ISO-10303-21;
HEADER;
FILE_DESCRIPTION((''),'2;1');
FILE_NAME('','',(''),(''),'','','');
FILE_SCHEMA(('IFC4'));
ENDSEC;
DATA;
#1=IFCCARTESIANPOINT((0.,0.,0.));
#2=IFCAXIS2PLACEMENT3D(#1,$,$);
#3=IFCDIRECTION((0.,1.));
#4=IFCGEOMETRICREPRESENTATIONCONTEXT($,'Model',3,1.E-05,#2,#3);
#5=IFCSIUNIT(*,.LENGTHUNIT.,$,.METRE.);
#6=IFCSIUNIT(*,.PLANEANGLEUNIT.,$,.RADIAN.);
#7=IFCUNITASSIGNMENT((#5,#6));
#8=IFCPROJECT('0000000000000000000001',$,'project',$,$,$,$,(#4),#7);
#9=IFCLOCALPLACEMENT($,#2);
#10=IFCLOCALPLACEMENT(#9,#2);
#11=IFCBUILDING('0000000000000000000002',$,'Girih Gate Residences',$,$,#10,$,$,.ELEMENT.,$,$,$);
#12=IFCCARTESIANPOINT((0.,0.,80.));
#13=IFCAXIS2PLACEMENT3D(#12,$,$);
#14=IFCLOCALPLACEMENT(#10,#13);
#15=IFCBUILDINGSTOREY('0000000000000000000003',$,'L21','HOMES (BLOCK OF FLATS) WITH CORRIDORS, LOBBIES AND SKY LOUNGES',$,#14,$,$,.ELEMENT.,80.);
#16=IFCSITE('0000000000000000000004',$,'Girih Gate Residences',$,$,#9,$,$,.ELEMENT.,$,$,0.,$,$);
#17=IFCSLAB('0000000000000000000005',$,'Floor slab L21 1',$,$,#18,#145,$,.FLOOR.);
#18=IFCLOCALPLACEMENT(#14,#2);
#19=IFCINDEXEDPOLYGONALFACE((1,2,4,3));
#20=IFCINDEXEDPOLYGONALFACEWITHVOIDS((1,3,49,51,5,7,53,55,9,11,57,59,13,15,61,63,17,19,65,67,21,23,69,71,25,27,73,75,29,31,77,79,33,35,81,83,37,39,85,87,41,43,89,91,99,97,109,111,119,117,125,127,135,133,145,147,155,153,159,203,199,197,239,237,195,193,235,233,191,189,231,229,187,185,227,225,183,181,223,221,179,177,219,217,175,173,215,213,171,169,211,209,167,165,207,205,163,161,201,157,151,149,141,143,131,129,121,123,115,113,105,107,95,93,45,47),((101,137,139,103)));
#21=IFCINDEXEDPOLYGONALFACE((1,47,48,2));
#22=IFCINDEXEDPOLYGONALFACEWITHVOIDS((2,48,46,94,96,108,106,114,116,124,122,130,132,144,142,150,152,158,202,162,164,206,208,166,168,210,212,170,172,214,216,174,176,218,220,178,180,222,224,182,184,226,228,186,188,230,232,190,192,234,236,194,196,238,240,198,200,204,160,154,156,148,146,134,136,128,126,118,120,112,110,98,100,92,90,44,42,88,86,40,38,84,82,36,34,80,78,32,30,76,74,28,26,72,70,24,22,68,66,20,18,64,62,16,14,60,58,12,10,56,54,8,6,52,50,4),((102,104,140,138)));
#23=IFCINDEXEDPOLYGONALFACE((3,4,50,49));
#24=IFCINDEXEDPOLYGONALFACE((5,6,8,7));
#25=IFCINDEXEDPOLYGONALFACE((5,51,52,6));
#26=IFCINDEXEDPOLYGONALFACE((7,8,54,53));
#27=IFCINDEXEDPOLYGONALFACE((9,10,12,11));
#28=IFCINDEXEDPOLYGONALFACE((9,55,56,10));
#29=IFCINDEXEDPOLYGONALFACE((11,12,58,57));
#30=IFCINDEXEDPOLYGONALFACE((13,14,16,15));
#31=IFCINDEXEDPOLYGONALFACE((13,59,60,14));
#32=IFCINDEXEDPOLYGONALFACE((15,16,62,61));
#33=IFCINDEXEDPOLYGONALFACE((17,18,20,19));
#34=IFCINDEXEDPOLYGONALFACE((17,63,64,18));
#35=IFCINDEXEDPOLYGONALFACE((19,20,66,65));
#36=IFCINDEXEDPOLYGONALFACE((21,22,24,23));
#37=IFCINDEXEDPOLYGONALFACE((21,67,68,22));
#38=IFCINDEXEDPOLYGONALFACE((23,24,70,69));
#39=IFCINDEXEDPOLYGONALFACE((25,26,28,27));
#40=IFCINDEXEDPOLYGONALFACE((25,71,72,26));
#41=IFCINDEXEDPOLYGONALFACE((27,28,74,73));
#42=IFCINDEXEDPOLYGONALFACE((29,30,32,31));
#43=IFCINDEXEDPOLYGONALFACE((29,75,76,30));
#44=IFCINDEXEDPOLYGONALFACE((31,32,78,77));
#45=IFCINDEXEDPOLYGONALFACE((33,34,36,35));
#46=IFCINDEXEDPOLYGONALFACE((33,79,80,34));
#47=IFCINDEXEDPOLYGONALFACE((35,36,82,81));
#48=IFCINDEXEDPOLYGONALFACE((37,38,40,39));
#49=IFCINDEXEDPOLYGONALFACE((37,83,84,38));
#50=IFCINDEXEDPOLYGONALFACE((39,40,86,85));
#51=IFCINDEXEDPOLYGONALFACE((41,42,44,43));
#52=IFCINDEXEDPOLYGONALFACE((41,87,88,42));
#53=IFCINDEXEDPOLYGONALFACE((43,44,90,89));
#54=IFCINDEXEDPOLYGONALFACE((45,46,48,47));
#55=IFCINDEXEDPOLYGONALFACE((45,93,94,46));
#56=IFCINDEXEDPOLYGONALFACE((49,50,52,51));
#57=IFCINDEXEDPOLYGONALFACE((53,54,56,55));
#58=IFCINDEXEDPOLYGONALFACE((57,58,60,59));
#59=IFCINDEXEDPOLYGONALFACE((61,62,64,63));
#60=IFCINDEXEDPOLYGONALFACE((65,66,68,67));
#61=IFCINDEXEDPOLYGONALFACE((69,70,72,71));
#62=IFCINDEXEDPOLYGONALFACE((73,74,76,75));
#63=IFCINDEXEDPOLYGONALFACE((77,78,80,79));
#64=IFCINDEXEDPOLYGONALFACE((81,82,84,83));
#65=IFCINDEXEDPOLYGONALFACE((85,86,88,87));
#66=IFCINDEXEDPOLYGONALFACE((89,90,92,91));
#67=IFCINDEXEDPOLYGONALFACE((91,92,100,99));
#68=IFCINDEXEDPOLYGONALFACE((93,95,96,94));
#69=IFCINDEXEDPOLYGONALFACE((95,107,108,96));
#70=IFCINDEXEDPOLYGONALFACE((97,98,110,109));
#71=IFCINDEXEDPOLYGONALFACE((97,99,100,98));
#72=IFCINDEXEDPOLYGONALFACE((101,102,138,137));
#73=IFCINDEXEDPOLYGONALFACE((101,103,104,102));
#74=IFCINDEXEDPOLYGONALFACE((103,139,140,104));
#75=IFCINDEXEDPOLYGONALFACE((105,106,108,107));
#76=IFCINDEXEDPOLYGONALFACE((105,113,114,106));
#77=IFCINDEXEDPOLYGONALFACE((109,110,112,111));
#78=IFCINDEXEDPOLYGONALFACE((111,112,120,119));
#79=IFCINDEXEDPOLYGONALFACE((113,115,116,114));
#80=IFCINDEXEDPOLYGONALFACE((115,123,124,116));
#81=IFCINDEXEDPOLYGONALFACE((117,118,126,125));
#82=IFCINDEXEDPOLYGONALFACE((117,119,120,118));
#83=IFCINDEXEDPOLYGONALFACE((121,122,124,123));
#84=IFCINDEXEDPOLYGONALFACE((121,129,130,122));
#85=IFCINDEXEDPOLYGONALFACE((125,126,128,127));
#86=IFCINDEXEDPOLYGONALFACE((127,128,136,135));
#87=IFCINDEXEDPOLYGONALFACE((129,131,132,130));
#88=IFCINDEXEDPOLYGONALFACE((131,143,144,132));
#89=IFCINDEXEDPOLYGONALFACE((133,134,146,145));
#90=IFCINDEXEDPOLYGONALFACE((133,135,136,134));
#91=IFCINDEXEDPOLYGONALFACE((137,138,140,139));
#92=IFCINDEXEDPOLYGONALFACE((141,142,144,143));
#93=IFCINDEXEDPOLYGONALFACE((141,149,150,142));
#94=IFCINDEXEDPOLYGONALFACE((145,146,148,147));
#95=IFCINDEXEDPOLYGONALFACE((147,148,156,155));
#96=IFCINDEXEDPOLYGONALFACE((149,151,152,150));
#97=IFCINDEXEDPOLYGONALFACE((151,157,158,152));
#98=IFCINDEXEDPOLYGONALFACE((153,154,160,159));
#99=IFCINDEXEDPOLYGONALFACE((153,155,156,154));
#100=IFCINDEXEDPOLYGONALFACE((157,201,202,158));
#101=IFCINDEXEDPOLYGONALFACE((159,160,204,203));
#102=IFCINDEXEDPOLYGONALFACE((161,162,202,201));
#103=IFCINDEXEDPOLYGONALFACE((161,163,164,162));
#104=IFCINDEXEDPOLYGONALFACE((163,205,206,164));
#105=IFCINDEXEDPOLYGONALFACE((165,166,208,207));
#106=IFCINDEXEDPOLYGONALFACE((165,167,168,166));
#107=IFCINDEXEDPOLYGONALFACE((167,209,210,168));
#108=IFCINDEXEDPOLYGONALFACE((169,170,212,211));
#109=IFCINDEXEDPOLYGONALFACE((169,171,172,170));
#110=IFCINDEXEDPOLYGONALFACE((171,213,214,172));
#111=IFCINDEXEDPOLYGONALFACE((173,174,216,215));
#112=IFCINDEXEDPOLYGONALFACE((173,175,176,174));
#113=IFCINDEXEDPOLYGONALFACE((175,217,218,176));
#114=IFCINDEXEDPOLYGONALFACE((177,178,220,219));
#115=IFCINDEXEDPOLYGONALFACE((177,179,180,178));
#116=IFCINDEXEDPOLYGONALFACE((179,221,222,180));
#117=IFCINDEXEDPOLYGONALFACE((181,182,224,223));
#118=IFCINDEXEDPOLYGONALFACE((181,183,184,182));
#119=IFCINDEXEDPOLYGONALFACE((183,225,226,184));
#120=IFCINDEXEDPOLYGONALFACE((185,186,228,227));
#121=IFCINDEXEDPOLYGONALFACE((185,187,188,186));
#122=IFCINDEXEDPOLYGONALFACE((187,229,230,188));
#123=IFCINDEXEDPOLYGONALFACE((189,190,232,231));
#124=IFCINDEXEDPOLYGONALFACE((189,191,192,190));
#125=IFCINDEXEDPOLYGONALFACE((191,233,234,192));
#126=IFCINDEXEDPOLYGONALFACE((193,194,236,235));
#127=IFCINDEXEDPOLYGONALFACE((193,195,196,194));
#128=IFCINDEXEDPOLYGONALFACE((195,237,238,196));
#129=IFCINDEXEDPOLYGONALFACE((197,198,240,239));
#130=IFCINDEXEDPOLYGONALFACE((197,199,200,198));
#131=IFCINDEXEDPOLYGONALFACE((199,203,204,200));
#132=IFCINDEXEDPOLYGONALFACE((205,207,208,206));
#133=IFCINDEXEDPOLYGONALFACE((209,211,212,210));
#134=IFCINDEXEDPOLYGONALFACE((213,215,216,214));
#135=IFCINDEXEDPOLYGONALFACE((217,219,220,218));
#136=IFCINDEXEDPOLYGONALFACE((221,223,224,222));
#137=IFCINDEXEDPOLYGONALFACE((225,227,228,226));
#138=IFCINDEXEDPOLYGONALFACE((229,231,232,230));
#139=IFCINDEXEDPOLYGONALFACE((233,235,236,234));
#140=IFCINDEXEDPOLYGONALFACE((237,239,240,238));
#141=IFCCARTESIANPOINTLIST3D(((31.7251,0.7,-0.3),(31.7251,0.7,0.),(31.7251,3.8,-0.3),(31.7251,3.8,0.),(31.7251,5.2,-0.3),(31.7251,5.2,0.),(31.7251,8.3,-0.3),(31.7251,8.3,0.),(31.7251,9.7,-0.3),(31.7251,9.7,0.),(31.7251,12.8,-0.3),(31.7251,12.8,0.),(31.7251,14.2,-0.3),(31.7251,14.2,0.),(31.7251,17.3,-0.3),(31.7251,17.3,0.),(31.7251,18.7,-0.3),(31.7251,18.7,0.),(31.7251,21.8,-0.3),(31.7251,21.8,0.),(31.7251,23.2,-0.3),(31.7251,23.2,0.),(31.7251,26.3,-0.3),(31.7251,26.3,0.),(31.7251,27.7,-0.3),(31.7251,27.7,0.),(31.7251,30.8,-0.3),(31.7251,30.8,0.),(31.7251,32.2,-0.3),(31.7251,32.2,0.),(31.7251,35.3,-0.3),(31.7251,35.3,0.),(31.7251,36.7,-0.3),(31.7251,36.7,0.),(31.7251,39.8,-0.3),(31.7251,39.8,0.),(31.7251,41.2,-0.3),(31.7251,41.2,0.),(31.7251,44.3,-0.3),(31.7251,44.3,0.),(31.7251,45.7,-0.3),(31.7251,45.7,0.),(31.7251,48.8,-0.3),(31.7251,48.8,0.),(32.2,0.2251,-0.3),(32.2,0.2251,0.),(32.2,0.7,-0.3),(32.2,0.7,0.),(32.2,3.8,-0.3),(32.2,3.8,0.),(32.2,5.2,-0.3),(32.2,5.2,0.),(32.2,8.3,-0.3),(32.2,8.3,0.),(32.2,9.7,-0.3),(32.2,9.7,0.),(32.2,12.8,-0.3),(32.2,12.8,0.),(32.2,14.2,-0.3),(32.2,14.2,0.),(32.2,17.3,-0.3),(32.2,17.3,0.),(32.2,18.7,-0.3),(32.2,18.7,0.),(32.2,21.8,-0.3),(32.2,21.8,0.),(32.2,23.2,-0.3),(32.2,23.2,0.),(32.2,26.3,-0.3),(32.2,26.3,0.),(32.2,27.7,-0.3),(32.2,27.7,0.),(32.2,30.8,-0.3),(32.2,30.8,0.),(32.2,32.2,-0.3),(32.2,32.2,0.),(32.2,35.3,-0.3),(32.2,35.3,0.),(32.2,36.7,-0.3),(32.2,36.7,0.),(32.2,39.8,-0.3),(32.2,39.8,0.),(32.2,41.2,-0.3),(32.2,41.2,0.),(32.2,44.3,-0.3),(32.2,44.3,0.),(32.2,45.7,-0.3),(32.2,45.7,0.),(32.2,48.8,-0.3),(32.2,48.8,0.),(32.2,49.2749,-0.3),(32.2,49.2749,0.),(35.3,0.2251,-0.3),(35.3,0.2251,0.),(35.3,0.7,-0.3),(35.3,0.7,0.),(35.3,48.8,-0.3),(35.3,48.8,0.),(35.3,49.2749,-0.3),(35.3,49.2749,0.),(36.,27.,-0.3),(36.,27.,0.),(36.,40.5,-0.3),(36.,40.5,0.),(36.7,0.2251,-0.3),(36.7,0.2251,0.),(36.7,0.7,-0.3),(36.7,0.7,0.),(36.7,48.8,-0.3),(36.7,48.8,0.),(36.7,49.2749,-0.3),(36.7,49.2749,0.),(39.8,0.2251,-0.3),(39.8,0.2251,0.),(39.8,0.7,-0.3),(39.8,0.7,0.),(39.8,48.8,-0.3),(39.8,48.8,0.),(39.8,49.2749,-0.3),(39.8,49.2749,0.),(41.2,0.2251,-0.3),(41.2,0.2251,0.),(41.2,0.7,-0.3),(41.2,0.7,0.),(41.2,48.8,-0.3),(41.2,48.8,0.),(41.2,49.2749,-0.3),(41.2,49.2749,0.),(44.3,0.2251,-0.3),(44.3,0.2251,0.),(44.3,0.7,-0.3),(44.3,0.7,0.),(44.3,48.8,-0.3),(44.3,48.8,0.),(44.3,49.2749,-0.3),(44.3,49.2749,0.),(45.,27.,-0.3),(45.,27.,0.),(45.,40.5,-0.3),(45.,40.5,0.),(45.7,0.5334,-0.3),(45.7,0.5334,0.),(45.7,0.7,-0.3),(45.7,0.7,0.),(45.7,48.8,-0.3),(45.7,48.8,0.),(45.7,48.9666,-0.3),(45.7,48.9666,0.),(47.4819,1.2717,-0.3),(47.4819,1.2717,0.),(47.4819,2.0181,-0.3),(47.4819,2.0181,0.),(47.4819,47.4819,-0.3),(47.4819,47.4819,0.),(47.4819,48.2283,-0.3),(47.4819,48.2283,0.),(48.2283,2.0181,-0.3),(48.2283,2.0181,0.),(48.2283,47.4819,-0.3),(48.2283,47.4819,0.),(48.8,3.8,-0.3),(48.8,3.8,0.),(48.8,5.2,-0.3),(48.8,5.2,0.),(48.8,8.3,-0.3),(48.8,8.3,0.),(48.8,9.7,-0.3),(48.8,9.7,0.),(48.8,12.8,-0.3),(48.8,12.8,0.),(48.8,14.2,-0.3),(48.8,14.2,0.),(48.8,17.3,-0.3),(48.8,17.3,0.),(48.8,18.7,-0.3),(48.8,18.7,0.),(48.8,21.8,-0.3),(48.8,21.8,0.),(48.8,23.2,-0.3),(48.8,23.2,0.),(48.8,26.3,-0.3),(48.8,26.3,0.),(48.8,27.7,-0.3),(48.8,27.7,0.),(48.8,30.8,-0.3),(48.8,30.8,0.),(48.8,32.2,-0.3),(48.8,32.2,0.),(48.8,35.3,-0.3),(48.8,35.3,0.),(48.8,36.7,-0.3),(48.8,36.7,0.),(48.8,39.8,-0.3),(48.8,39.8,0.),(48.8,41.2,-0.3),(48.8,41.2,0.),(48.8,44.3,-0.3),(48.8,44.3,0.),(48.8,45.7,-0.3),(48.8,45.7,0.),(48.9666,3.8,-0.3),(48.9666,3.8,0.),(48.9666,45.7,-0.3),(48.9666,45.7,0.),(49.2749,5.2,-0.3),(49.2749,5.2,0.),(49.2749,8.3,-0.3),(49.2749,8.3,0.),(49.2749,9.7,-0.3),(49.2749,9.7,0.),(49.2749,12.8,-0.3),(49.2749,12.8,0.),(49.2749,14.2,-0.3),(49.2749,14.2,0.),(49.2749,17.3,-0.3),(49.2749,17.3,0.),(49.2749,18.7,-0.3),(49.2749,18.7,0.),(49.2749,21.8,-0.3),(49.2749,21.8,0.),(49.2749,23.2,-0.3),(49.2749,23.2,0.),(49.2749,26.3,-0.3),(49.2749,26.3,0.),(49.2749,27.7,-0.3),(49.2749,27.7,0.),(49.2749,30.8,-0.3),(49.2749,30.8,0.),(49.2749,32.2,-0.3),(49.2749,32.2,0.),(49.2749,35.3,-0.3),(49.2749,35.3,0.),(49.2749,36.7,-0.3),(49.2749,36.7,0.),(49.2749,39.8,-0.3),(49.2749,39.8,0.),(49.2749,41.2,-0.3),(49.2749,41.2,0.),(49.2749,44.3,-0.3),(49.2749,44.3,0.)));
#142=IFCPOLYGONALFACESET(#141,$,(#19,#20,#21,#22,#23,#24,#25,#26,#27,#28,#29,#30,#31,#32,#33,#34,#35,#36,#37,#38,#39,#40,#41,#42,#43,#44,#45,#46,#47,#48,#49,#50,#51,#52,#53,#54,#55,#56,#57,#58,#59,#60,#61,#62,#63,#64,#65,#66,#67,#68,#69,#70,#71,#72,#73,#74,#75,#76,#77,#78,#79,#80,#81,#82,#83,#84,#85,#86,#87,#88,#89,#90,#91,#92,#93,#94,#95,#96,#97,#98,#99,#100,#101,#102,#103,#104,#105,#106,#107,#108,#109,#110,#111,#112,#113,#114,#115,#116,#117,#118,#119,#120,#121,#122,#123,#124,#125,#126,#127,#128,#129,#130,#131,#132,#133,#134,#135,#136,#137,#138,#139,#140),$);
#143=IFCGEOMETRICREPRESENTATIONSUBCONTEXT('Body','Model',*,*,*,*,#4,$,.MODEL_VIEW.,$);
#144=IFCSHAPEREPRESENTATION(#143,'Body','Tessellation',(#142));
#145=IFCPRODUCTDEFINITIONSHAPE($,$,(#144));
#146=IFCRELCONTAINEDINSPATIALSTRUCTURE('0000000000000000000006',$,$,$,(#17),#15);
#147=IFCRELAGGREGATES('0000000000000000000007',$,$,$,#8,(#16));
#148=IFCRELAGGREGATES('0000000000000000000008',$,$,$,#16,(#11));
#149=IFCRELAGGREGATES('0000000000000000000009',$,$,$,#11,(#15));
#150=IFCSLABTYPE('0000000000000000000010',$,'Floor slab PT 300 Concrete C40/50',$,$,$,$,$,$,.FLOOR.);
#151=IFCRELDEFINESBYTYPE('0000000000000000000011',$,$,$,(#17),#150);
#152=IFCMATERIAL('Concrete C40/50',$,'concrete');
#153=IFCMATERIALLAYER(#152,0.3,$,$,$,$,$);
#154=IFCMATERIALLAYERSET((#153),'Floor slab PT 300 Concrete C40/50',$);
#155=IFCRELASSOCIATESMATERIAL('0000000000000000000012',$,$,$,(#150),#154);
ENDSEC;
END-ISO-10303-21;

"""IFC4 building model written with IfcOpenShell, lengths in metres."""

from ifc_helpers import new_model, si_unit, direction, frame, origin, place, context, subcontext, project, spatial, polyline, outline, extrude, material, layer, layer_set, type_object, element, save


model = new_model("IFC4")

# Units and contexts
model_context = context("Model", 3, precision=1e-05, world=origin(), true_north=direction((0.0, 1.0)))
body_context = subcontext(model_context, "Body", "Model", "MODEL_VIEW")
ifc_project = project(units=[si_unit("LENGTHUNIT", "METRE"), si_unit("PLANEANGLEUNIT", "RADIAN")], contexts=[model_context])

# Site, building, storey
site_placement = place(None, origin())
site = spatial("IfcSite", under=ifc_project, at=site_placement, Name="Girih Gate Residences", CompositionType="ELEMENT", RefElevation=0.0)
building_placement = place(site_placement, origin())
building = spatial("IfcBuilding", under=site, at=building_placement, Name="Girih Gate Residences", CompositionType="ELEMENT")
storey_placement = place(building_placement, frame((0.0, 0.0, 80.0)))
storey = spatial("IfcBuildingStorey", under=building, at=storey_placement, Name="L21", Description="HOMES (BLOCK OF FLATS) WITH CORRIDORS, LOBBIES AND SKY LOUNGES", CompositionType="ELEMENT", Elevation=80.0)

# Slab
ifc_material_1 = material(Name="Concrete C40/50", Category="concrete")
ifc_layer_1 = layer(ifc_material_1, 0.3)
ifc_layer_set_1 = layer_set([ifc_layer_1], Name="Floor slab PT 300 Concrete C40/50")
slab_type_1 = type_object("IfcSlabType", Name="Floor slab PT 300 Concrete C40/50", PredefinedType="FLOOR", material=ifc_layer_set_1)
slab_1_placement = place(storey_placement, frame((0.0, 0.0, -0.3)))
element("IfcSlab", 1, at=slab_1_placement, inside=storey, type_object=slab_type_1, Name="Floor slab L21 1", PredefinedType="FLOOR", context=body_context, shape_type="SweptSolid", body=[
    extrude(outline(polyline([(35.3, 49.2749), (32.2, 49.2749), (32.2, 48.8), (31.7251, 48.8), (31.7251, 45.7), (32.2, 45.7), (32.2, 44.3), (31.7251, 44.3), (31.7251, 41.2), (32.2, 41.2), (32.2, 39.8), (31.7251, 39.8), (31.7251, 36.7), (32.2, 36.7), (32.2, 35.3), (31.7251, 35.3), (31.7251, 32.2), (32.2, 32.2), (32.2, 30.8), (31.7251, 30.8), (31.7251, 27.7), (32.2, 27.7), (32.2, 26.3), (31.7251, 26.3), (31.7251, 23.2), (32.2, 23.2), (32.2, 21.8), (31.7251, 21.8), (31.7251, 18.7), (32.2, 18.7), (32.2, 17.3), (31.7251, 17.3), (31.7251, 14.2), (32.2, 14.2), (32.2, 12.8), (31.7251, 12.8), (31.7251, 9.7), (32.2, 9.7), (32.2, 8.3), (31.7251, 8.3), (31.7251, 5.2), (32.2, 5.2), (32.2, 3.8), (31.7251, 3.8), (31.7251, 0.7), (32.2, 0.7), (32.2, 0.2251), (35.3, 0.2251), (35.3, 0.7), (36.7, 0.7), (36.7, 0.2251), (39.8, 0.2251), (39.8, 0.7), (41.2, 0.7), (41.2, 0.2251), (44.3, 0.2251), (44.3, 0.7), (45.7, 0.7), (45.7, 0.5334), (47.4819, 1.2717), (47.4819, 2.0181), (48.2283, 2.0181), (48.9666, 3.8), (48.8, 3.8), (48.8, 5.2), (49.2749, 5.2), (49.2749, 8.3), (48.8, 8.3), (48.8, 9.7), (49.2749, 9.7), (49.2749, 12.8), (48.8, 12.8), (48.8, 14.2), (49.2749, 14.2), (49.2749, 17.3), (48.8, 17.3), (48.8, 18.7), (49.2749, 18.7), (49.2749, 21.8), (48.8, 21.8), (48.8, 23.2), (49.2749, 23.2), (49.2749, 26.3), (48.8, 26.3), (48.8, 27.7), (49.2749, 27.7), (49.2749, 30.8), (48.8, 30.8), (48.8, 32.2), (49.2749, 32.2), (49.2749, 35.3), (48.8, 35.3), (48.8, 36.7), (49.2749, 36.7), (49.2749, 39.8), (48.8, 39.8), (48.8, 41.2), (49.2749, 41.2), (49.2749, 44.3), (48.8, 44.3), (48.8, 45.7), (48.9666, 45.7), (48.2283, 47.4819), (47.4819, 47.4819), (47.4819, 48.2283), (45.7, 48.9666), (45.7, 48.8), (44.3, 48.8), (44.3, 49.2749), (41.2, 49.2749), (41.2, 48.8), (39.8, 48.8), (39.8, 49.2749), (36.7, 49.2749), (36.7, 48.8), (35.3, 48.8), (35.3, 49.2749)]), holes=[polyline([(45.0, 40.5), (45.0, 27.0), (36.0, 27.0), (36.0, 40.5), (45.0, 40.5)])]), origin(), (0.0, 0.0, 1.0), 0.3),
])

save(model, "model.ifc")
